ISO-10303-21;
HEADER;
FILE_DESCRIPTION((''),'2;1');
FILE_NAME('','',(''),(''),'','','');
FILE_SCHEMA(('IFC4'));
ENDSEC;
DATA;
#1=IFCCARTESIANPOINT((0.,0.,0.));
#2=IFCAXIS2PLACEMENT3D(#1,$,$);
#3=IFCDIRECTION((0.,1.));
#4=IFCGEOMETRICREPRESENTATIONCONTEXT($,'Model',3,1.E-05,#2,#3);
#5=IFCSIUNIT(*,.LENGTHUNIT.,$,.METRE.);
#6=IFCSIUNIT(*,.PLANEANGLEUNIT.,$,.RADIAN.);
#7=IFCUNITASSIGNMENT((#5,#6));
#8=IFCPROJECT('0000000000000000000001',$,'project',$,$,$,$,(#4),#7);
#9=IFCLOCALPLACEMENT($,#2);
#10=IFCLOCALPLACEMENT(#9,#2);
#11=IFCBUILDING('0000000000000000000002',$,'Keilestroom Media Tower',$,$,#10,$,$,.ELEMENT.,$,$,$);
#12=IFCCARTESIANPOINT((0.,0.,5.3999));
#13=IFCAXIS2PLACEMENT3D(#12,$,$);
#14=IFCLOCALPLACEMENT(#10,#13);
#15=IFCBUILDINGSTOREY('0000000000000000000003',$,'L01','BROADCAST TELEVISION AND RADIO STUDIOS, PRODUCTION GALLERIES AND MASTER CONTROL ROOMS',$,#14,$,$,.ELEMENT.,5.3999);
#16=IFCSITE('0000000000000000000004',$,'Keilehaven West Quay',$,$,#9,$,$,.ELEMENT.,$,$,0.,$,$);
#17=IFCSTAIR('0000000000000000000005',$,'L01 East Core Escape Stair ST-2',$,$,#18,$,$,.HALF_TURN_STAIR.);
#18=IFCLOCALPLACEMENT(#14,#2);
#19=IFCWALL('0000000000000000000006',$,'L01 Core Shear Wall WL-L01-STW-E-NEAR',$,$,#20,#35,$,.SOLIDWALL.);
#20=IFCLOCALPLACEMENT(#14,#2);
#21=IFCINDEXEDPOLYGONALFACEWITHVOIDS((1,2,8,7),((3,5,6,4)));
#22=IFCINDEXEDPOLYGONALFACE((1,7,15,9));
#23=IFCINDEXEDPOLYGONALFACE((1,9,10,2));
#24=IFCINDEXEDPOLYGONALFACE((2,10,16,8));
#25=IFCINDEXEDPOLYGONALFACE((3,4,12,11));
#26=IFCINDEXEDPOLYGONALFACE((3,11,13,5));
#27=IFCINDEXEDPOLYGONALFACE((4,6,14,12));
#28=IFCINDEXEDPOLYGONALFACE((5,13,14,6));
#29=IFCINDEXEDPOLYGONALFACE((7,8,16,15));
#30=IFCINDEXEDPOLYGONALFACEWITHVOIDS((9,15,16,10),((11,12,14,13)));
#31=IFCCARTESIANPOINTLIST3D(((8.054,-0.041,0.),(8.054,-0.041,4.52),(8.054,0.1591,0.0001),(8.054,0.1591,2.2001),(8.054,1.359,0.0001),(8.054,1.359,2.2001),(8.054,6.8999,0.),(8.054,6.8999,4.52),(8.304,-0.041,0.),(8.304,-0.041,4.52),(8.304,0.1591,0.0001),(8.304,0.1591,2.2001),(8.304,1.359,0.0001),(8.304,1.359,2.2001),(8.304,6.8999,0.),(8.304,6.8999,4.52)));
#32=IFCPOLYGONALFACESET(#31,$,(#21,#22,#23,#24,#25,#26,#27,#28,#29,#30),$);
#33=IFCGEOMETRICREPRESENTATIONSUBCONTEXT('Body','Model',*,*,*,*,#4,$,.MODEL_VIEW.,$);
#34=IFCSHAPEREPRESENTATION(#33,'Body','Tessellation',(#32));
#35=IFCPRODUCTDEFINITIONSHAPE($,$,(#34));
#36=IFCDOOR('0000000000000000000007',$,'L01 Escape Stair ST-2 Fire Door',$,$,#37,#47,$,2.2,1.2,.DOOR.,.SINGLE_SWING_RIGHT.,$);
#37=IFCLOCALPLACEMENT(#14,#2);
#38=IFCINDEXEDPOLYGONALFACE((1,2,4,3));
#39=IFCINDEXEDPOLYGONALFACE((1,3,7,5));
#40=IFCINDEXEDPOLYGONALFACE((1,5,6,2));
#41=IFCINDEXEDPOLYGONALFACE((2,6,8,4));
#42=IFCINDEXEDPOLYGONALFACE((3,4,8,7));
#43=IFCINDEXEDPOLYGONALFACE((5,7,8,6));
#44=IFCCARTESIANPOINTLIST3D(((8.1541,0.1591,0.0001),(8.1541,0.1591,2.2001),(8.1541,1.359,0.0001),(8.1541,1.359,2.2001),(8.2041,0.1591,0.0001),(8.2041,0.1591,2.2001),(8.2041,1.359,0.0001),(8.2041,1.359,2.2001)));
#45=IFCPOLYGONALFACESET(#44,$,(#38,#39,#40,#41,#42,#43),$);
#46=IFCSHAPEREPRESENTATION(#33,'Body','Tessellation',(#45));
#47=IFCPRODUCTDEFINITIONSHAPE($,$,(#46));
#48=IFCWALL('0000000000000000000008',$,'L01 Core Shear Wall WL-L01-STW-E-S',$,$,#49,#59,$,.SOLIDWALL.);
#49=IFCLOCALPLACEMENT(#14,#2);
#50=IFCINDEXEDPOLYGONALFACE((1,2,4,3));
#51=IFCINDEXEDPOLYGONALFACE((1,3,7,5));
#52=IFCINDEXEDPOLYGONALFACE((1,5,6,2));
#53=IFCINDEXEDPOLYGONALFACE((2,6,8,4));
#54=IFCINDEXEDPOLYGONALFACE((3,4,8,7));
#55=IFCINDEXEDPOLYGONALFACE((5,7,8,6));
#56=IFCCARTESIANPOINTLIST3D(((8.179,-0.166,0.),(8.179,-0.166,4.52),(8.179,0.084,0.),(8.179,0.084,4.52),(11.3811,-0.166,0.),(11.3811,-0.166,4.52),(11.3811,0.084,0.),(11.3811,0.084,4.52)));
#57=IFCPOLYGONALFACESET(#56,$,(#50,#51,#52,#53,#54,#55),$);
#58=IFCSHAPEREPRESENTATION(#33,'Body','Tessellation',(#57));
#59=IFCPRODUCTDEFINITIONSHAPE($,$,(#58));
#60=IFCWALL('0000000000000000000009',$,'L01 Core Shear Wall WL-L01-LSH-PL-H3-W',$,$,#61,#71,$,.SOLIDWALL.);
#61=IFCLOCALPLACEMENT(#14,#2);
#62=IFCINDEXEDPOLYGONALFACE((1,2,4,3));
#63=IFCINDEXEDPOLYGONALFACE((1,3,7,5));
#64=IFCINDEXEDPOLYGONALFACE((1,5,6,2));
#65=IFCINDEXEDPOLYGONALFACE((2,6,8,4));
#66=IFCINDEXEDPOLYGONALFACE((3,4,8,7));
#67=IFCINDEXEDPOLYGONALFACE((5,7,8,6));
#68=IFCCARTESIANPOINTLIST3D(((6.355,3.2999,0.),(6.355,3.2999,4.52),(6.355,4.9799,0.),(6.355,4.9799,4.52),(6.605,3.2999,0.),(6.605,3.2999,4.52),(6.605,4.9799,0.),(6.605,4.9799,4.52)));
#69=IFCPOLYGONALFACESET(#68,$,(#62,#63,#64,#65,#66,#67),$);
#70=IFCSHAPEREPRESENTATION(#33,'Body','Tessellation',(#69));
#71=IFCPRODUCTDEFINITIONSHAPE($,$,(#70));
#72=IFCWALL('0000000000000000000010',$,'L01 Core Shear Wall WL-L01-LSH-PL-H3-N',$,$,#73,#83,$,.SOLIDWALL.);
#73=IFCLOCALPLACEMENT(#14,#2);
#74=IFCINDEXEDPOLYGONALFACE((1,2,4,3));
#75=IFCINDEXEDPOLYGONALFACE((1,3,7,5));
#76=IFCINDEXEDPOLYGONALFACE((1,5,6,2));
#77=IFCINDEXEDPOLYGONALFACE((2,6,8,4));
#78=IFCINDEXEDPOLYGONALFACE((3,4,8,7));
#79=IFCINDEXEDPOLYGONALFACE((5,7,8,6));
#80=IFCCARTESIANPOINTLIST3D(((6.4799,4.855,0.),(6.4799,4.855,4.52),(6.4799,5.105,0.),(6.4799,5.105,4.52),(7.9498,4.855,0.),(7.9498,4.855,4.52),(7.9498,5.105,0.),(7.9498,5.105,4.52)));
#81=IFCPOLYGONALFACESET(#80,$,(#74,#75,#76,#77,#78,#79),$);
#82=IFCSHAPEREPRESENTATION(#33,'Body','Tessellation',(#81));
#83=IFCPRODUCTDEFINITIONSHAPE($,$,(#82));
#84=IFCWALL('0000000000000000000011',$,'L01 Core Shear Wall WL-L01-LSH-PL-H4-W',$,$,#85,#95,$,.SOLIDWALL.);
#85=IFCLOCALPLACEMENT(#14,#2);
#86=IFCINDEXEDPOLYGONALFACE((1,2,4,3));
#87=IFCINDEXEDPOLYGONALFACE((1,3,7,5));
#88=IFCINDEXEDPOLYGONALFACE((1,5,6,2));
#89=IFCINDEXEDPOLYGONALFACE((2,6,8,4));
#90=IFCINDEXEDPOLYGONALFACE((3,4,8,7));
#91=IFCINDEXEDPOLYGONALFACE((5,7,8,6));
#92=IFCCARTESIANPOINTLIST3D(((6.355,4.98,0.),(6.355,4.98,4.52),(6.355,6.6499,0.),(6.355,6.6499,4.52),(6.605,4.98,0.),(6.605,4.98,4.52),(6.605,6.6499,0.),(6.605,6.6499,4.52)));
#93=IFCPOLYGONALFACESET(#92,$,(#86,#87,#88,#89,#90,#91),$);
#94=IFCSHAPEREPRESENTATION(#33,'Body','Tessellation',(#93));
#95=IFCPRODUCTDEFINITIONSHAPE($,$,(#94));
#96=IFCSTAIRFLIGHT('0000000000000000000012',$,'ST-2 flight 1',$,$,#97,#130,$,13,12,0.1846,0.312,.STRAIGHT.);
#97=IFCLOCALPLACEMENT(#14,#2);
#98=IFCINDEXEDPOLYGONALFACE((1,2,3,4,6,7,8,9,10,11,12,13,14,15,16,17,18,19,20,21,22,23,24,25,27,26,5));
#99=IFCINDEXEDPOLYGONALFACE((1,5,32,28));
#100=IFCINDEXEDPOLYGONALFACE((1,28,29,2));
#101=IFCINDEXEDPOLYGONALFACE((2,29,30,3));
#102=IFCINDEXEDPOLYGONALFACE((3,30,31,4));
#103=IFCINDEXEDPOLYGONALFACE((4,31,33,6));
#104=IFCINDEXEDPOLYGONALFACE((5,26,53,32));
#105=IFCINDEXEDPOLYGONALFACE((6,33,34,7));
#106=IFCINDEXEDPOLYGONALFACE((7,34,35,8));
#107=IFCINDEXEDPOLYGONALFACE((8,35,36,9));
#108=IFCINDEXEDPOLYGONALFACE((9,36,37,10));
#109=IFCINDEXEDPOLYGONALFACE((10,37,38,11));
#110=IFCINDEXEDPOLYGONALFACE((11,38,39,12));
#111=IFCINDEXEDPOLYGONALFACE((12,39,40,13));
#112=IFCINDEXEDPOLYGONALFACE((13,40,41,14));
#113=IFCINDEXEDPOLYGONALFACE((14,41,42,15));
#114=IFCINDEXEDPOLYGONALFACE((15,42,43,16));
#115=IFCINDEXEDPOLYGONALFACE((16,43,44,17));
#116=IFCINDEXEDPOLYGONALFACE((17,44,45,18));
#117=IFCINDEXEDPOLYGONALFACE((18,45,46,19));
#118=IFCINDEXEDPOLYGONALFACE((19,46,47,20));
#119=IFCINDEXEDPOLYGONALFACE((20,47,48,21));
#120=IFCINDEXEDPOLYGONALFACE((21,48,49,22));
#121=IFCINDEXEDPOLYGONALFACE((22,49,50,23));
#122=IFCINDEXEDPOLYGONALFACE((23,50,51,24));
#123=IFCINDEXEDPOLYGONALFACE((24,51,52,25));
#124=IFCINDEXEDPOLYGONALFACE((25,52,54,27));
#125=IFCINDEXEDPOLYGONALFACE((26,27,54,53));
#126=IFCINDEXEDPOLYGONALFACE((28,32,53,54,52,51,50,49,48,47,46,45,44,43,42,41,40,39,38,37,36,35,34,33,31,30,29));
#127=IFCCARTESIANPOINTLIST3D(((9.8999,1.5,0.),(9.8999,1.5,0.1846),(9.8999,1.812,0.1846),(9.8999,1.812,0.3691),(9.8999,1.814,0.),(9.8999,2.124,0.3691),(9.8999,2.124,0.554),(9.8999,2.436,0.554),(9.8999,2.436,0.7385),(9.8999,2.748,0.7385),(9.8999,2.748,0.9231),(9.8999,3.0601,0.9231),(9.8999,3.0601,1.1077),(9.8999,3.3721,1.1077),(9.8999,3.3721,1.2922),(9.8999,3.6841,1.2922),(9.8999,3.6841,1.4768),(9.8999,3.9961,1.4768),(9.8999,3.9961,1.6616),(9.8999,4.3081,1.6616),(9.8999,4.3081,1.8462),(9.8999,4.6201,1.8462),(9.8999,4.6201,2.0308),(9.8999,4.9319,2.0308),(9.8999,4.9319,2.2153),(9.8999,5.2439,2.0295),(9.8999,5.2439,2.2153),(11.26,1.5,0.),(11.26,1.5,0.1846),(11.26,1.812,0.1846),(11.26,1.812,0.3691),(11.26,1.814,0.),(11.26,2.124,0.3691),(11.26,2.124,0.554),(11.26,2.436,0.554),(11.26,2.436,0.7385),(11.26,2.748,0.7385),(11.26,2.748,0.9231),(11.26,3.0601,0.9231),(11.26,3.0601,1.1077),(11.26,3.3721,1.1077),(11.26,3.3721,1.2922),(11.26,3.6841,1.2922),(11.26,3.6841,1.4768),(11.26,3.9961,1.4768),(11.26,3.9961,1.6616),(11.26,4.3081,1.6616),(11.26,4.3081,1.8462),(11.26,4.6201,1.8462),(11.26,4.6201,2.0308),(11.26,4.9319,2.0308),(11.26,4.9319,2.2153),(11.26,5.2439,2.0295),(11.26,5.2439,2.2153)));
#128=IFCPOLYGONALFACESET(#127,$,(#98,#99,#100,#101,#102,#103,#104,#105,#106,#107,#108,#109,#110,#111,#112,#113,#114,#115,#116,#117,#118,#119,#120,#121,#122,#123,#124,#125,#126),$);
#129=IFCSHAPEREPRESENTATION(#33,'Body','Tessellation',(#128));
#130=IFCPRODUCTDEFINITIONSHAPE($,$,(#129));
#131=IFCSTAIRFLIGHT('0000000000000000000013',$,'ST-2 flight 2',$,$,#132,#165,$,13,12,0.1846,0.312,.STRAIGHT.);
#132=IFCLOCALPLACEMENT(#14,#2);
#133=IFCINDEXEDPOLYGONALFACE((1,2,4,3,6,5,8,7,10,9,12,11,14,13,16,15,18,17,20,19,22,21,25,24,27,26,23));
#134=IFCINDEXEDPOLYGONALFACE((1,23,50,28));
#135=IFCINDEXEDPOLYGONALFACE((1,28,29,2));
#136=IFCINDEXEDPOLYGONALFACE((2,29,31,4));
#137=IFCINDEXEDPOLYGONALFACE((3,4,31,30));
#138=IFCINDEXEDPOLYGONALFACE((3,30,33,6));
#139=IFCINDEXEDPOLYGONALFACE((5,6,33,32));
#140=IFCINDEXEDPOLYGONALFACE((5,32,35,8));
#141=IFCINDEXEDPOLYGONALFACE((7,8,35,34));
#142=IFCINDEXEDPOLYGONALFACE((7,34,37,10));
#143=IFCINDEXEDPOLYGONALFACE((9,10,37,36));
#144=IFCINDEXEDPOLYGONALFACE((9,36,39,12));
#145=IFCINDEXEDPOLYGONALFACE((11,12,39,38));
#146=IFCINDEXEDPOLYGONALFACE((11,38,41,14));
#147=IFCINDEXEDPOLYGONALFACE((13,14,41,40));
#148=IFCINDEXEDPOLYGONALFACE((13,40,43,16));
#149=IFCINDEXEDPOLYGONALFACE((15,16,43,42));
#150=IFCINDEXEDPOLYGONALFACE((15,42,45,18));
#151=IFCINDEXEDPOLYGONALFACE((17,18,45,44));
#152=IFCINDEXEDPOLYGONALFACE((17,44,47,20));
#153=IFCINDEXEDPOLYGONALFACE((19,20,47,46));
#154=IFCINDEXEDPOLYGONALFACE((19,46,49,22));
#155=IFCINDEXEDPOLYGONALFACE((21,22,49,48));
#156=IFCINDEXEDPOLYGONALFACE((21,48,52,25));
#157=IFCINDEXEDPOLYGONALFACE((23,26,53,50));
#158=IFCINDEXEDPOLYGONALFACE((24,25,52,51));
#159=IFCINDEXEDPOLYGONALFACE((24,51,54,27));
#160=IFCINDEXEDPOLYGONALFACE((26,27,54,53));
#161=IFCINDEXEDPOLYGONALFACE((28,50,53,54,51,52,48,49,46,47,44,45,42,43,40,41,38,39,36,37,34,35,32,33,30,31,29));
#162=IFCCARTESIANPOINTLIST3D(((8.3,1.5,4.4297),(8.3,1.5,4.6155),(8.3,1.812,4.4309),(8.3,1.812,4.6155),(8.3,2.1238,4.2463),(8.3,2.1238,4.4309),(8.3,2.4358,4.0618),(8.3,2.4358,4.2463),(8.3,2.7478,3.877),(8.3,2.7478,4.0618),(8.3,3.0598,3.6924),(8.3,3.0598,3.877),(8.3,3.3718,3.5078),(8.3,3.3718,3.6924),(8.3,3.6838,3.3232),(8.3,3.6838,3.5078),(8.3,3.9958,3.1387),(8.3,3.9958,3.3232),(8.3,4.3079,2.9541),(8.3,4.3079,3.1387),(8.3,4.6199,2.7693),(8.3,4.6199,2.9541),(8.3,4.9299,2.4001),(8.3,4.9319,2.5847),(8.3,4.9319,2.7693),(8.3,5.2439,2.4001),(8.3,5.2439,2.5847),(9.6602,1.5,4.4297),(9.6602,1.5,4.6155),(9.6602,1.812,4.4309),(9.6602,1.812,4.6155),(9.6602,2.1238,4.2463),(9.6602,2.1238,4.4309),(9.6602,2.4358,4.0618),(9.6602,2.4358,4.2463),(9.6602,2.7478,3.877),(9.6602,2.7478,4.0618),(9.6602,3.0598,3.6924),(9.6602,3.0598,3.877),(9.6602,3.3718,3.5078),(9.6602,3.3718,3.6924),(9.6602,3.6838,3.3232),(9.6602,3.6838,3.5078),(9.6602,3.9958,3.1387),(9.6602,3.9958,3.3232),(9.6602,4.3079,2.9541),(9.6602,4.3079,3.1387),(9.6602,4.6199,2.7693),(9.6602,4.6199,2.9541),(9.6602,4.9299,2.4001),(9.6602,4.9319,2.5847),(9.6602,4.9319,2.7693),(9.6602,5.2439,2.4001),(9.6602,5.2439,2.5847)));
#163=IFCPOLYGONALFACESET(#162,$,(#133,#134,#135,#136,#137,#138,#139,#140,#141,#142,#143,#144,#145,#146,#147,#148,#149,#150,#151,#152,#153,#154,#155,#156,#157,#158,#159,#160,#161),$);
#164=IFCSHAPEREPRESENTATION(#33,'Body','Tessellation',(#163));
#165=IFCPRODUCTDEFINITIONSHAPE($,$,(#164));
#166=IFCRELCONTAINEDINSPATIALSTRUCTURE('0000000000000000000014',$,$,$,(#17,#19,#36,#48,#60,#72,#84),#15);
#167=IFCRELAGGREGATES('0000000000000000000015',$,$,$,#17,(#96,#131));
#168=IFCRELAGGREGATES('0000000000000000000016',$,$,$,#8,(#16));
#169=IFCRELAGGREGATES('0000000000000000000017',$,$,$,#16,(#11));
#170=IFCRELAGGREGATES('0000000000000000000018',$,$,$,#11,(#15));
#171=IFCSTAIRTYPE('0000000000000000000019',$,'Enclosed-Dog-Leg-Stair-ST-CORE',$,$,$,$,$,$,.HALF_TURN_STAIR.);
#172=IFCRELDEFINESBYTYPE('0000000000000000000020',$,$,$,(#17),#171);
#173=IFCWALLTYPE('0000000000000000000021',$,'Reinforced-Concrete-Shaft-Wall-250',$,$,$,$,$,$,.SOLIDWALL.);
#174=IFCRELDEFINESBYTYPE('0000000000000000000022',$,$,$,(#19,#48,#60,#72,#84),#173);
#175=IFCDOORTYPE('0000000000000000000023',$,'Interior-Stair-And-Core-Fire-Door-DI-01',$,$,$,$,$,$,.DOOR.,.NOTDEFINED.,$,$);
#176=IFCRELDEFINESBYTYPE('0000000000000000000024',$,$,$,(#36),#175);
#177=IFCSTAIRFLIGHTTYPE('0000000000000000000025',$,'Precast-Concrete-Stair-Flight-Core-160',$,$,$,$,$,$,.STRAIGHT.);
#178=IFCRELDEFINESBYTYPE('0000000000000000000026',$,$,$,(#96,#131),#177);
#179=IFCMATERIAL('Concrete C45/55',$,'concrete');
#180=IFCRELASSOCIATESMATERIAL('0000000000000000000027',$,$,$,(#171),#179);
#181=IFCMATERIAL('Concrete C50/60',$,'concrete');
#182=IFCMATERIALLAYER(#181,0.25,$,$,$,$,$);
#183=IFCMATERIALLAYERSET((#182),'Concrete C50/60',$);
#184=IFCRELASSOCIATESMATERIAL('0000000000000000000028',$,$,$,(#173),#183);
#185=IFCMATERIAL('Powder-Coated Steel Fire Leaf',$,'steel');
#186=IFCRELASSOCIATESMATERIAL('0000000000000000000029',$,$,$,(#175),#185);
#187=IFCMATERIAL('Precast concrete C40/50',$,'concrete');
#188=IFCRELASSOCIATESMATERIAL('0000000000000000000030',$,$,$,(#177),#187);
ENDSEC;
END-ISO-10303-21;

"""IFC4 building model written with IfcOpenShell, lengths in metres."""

from ifc_helpers import new_model, si_unit, direction, frame, frame_2d, origin, place, context, subcontext, project, spatial, polyline, rectangle, outline, extrude, source, transform, mapped, material, layer, layer_set, type_object, element, fill, aggregate, save


model = new_model("IFC4")

# Units and contexts
model_context = context("Model", 3, precision=1e-05, world=origin(), true_north=direction((0.0, 1.0)))
body_context = subcontext(model_context, "Body", "Model", "MODEL_VIEW")
ifc_project = project(units=[si_unit("LENGTHUNIT", "METRE"), si_unit("PLANEANGLEUNIT", "RADIAN")], contexts=[model_context])

# Site, building, storey
site_placement = place(None, origin())
site = spatial("IfcSite", under=ifc_project, at=site_placement, Name="Keilehaven West Quay", CompositionType="ELEMENT", RefElevation=0.0)
building_placement = place(site_placement, origin())
building = spatial("IfcBuilding", under=site, at=building_placement, Name="Keilestroom Media Tower", CompositionType="ELEMENT")
storey_placement = place(building_placement, frame((0.0, 0.0, 5.3999)))
storey = spatial("IfcBuildingStorey", under=building, at=storey_placement, Name="L01", Description="BROADCAST TELEVISION AND RADIO STUDIOS, PRODUCTION GALLERIES AND MASTER CONTROL ROOMS", CompositionType="ELEMENT", Elevation=5.3999)

# Stair
ifc_material_1 = material(Name="Concrete C45/55", Category="concrete")
stair_type_1 = type_object("IfcStairType", Name="Enclosed-Dog-Leg-Stair-ST-CORE", PredefinedType="HALF_TURN_STAIR", material=ifc_material_1)
stair_1_placement = place(storey_placement, origin())
stair_1 = element("IfcStair", 1, at=stair_1_placement, inside=storey, type_object=stair_type_1, Name="L01 East Core Escape Stair ST-2", PredefinedType="HALF_TURN_STAIR")

# Shared definitions
ifc_material_2 = material(Name="Concrete C50/60", Category="concrete")
ifc_layer_1 = layer(ifc_material_2, 0.25)
ifc_layer_set_1 = layer_set([ifc_layer_1], Name="Concrete C50/60")
wall_type_1 = type_object("IfcWallType", Name="Reinforced-Concrete-Shaft-Wall-250", PredefinedType="SOLIDWALL", material=ifc_layer_set_1)

# Wall, opening, door
wall_1_placement = place(storey_placement, frame((8.179, -0.041, 0.0), z_axis=(0.0, 0.0, 1.0), x_axis=(0.0, 1.0, 0.0)))
wall_1 = element("IfcWall", 2, at=wall_1_placement, inside=storey, type_object=wall_type_1, Name="L01 Core Shear Wall WL-L01-STW-E-NEAR", PredefinedType="SOLIDWALL", context=body_context, shape_type="SweptSolid", body=[
    extrude(rectangle(XDim=6.9409, YDim=0.25, at=frame_2d((3.4705, 0.0))), origin(), (0.0, 0.0, 1.0), 4.52),
])
opening_placement = place(wall_1_placement, frame((0.2, 0.0, 0.0)))
opening = element("IfcOpeningElement", 3, at=opening_placement, cuts=wall_1, PredefinedType="OPENING", context=body_context, shape_type="SweptSolid", body=[
    extrude(rectangle(XDim=1.2, YDim=2.2, at=frame_2d((0.6001, 1.1001))), frame((0.0, 0.135, 0.0), z_axis=(0.0, -1.0, 0.0), x_axis=(1.0, 0.0, 0.0)), (0.0, 0.0, 1.0), 0.27),
])
ifc_material_3 = material(Name="Powder-Coated Steel Fire Leaf", Category="steel")
door_type = type_object("IfcDoorType", Name="Interior-Stair-And-Core-Fire-Door-DI-01", OperationType="NOTDEFINED", PredefinedType="DOOR", material=ifc_material_3)
shared_shape_1 = source(origin(), body_context, "Body", "SweptSolid", [
    extrude(rectangle(XDim=1.2, YDim=2.2, at=frame_2d((0.6001, 1.1001))), frame((0.0, 0.0249, 0.0), z_axis=(0.0, -1.0, 0.0), x_axis=(1.0, 0.0, 0.0)), (0.0, 0.0, 1.0), 0.05),
])
door_placement = place(opening_placement, origin())
door = element("IfcDoor", 4, at=door_placement, inside=storey, type_object=door_type, Name="L01 Escape Stair ST-2 Fire Door", OperationType="SINGLE_SWING_RIGHT", OverallHeight=2.2, OverallWidth=1.2, PredefinedType="DOOR", context=body_context, shape_type="MappedRepresentation", body=[
    mapped(shared_shape_1, transform((0.0, 0.0, 0.0), x_axis=(1.0, 0.0, 0.0), y_axis=(0.0, 1.0, 0.0), z_axis=(0.0, 0.0, 1.0), scale=1.0)),
])
fill(opening, door)

# Walls
wall_2_placement = place(storey_placement, frame((8.179, -0.041, 0.0), z_axis=(0.0, 0.0, 1.0), x_axis=(1.0, 0.0, 0.0)))
element("IfcWall", 5, at=wall_2_placement, inside=storey, type_object=wall_type_1, Name="L01 Core Shear Wall WL-L01-STW-E-S", PredefinedType="SOLIDWALL", context=body_context, shape_type="SweptSolid", body=[
    extrude(rectangle(XDim=3.2021, YDim=0.25, at=frame_2d((1.6011, 0.0))), origin(), (0.0, 0.0, 1.0), 4.52),
])
wall_3_placement = place(storey_placement, frame((6.48, 3.3, 0.0), z_axis=(0.0, 0.0, 1.0), x_axis=(0.0, 1.0, 0.0)))
element("IfcWall", 6, at=wall_3_placement, inside=storey, type_object=wall_type_1, Name="L01 Core Shear Wall WL-L01-LSH-PL-H3-W", PredefinedType="SOLIDWALL", context=body_context, shape_type="SweptSolid", body=[
    extrude(rectangle(XDim=1.6799, YDim=0.25, at=frame_2d((0.8398, 0.0))), origin(), (0.0, 0.0, 1.0), 4.52),
])
wall_4_placement = place(storey_placement, frame((6.48, 4.98, 0.0), z_axis=(0.0, 0.0, 1.0), x_axis=(1.0, 0.0, 0.0)))
element("IfcWall", 7, at=wall_4_placement, inside=storey, type_object=wall_type_1, Name="L01 Core Shear Wall WL-L01-LSH-PL-H3-N", PredefinedType="SOLIDWALL", context=body_context, shape_type="SweptSolid", body=[
    extrude(rectangle(XDim=1.47, YDim=0.25, at=frame_2d((0.7349, 0.0))), origin(), (0.0, 0.0, 1.0), 4.52),
])
wall_5_placement = place(storey_placement, frame((6.48, 4.98, 0.0), z_axis=(0.0, 0.0, 1.0), x_axis=(0.0, 1.0, 0.0)))
element("IfcWall", 8, at=wall_5_placement, inside=storey, type_object=wall_type_1, Name="L01 Core Shear Wall WL-L01-LSH-PL-H4-W", PredefinedType="SOLIDWALL", context=body_context, shape_type="SweptSolid", body=[
    extrude(rectangle(XDim=1.6699, YDim=0.25, at=frame_2d((0.835, 0.0))), origin(), (0.0, 0.0, 1.0), 4.52),
])

# Stair flights
ifc_material_4 = material(Name="Precast concrete C40/50", Category="concrete")
stair_flight_type = type_object("IfcStairFlightType", Name="Precast-Concrete-Stair-Flight-Core-160", PredefinedType="STRAIGHT", material=ifc_material_4)
stair_flight_1_placement = place(storey_placement, frame((10.5801, 1.5, 0.0), z_axis=(0.0, 0.0, 1.0), x_axis=(0.0, 1.0, 0.0)))
stair_flight_1 = element("IfcStairFlight", 9, at=stair_flight_1_placement, type_object=stair_flight_type, Name="ST-2 flight 1", NumberOfRisers=13, NumberOfTreads=12, PredefinedType="STRAIGHT", RiserHeight=0.1846, TreadLength=0.312, context=body_context, shape_type="SweptSolid", body=[
    extrude(outline(polyline([(0.0, 0.0), (0.0, 0.1846), (0.312, 0.1846), (0.312, 0.3691), (0.624, 0.3691), (0.624, 0.554), (0.936, 0.554), (0.936, 0.7385), (1.248, 0.7385), (1.248, 0.9231), (1.5601, 0.9231), (1.5601, 1.1077), (1.8721, 1.1077), (1.8721, 1.2922), (2.1841, 1.2922), (2.1841, 1.4768), (2.4961, 1.4768), (2.4961, 1.6616), (2.8081, 1.6616), (2.8081, 1.8462), (3.1201, 1.8462), (3.1201, 2.0308), (3.4319, 2.0308), (3.4319, 2.2153), (3.7439, 2.2153), (3.7439, 2.3999), (3.7439, 2.0295), (0.314, 0.0), (0.0, 0.0)])), frame((0.0, 0.6802, 0.0), z_axis=(0.0, -1.0, 0.0), x_axis=(1.0, 0.0, 0.0)), (0.0, 0.0, 1.0), 1.3601),
])
stair_flight_2_placement = place(storey_placement, frame((8.98, 5.2439, 2.4001), z_axis=(0.0, 0.0, 1.0), x_axis=(0.0, -1.0, 0.0)))
stair_flight_2 = element("IfcStairFlight", 10, at=stair_flight_2_placement, type_object=stair_flight_type, Name="ST-2 flight 2", NumberOfRisers=13, NumberOfTreads=12, PredefinedType="STRAIGHT", RiserHeight=0.1846, TreadLength=0.312, context=body_context, shape_type="SweptSolid", body=[
    extrude(outline(polyline([(0.0, 0.0), (0.0, 0.1846), (0.312, 0.1846), (0.312, 0.3691), (0.624, 0.3691), (0.624, 0.554), (0.936, 0.554), (0.936, 0.7385), (1.248, 0.7385), (1.248, 0.9231), (1.5601, 0.9231), (1.5601, 1.1077), (1.8721, 1.1077), (1.8721, 1.2922), (2.1841, 1.2922), (2.1841, 1.4768), (2.4961, 1.4768), (2.4961, 1.6616), (2.8081, 1.6616), (2.8081, 1.8462), (3.1201, 1.8462), (3.1201, 2.0308), (3.4319, 2.0308), (3.4319, 2.2153), (3.7439, 2.2153), (3.7439, 2.3999), (3.7439, 2.0295), (0.314, 0.0), (0.0, 0.0)])), frame((0.0, 0.6802, 0.0), z_axis=(0.0, -1.0, 0.0), x_axis=(1.0, 0.0, 0.0)), (0.0, 0.0, 1.0), 1.3601),
])
aggregate(stair_1, [stair_flight_1, stair_flight_2])

save(model, "model.ifc")
